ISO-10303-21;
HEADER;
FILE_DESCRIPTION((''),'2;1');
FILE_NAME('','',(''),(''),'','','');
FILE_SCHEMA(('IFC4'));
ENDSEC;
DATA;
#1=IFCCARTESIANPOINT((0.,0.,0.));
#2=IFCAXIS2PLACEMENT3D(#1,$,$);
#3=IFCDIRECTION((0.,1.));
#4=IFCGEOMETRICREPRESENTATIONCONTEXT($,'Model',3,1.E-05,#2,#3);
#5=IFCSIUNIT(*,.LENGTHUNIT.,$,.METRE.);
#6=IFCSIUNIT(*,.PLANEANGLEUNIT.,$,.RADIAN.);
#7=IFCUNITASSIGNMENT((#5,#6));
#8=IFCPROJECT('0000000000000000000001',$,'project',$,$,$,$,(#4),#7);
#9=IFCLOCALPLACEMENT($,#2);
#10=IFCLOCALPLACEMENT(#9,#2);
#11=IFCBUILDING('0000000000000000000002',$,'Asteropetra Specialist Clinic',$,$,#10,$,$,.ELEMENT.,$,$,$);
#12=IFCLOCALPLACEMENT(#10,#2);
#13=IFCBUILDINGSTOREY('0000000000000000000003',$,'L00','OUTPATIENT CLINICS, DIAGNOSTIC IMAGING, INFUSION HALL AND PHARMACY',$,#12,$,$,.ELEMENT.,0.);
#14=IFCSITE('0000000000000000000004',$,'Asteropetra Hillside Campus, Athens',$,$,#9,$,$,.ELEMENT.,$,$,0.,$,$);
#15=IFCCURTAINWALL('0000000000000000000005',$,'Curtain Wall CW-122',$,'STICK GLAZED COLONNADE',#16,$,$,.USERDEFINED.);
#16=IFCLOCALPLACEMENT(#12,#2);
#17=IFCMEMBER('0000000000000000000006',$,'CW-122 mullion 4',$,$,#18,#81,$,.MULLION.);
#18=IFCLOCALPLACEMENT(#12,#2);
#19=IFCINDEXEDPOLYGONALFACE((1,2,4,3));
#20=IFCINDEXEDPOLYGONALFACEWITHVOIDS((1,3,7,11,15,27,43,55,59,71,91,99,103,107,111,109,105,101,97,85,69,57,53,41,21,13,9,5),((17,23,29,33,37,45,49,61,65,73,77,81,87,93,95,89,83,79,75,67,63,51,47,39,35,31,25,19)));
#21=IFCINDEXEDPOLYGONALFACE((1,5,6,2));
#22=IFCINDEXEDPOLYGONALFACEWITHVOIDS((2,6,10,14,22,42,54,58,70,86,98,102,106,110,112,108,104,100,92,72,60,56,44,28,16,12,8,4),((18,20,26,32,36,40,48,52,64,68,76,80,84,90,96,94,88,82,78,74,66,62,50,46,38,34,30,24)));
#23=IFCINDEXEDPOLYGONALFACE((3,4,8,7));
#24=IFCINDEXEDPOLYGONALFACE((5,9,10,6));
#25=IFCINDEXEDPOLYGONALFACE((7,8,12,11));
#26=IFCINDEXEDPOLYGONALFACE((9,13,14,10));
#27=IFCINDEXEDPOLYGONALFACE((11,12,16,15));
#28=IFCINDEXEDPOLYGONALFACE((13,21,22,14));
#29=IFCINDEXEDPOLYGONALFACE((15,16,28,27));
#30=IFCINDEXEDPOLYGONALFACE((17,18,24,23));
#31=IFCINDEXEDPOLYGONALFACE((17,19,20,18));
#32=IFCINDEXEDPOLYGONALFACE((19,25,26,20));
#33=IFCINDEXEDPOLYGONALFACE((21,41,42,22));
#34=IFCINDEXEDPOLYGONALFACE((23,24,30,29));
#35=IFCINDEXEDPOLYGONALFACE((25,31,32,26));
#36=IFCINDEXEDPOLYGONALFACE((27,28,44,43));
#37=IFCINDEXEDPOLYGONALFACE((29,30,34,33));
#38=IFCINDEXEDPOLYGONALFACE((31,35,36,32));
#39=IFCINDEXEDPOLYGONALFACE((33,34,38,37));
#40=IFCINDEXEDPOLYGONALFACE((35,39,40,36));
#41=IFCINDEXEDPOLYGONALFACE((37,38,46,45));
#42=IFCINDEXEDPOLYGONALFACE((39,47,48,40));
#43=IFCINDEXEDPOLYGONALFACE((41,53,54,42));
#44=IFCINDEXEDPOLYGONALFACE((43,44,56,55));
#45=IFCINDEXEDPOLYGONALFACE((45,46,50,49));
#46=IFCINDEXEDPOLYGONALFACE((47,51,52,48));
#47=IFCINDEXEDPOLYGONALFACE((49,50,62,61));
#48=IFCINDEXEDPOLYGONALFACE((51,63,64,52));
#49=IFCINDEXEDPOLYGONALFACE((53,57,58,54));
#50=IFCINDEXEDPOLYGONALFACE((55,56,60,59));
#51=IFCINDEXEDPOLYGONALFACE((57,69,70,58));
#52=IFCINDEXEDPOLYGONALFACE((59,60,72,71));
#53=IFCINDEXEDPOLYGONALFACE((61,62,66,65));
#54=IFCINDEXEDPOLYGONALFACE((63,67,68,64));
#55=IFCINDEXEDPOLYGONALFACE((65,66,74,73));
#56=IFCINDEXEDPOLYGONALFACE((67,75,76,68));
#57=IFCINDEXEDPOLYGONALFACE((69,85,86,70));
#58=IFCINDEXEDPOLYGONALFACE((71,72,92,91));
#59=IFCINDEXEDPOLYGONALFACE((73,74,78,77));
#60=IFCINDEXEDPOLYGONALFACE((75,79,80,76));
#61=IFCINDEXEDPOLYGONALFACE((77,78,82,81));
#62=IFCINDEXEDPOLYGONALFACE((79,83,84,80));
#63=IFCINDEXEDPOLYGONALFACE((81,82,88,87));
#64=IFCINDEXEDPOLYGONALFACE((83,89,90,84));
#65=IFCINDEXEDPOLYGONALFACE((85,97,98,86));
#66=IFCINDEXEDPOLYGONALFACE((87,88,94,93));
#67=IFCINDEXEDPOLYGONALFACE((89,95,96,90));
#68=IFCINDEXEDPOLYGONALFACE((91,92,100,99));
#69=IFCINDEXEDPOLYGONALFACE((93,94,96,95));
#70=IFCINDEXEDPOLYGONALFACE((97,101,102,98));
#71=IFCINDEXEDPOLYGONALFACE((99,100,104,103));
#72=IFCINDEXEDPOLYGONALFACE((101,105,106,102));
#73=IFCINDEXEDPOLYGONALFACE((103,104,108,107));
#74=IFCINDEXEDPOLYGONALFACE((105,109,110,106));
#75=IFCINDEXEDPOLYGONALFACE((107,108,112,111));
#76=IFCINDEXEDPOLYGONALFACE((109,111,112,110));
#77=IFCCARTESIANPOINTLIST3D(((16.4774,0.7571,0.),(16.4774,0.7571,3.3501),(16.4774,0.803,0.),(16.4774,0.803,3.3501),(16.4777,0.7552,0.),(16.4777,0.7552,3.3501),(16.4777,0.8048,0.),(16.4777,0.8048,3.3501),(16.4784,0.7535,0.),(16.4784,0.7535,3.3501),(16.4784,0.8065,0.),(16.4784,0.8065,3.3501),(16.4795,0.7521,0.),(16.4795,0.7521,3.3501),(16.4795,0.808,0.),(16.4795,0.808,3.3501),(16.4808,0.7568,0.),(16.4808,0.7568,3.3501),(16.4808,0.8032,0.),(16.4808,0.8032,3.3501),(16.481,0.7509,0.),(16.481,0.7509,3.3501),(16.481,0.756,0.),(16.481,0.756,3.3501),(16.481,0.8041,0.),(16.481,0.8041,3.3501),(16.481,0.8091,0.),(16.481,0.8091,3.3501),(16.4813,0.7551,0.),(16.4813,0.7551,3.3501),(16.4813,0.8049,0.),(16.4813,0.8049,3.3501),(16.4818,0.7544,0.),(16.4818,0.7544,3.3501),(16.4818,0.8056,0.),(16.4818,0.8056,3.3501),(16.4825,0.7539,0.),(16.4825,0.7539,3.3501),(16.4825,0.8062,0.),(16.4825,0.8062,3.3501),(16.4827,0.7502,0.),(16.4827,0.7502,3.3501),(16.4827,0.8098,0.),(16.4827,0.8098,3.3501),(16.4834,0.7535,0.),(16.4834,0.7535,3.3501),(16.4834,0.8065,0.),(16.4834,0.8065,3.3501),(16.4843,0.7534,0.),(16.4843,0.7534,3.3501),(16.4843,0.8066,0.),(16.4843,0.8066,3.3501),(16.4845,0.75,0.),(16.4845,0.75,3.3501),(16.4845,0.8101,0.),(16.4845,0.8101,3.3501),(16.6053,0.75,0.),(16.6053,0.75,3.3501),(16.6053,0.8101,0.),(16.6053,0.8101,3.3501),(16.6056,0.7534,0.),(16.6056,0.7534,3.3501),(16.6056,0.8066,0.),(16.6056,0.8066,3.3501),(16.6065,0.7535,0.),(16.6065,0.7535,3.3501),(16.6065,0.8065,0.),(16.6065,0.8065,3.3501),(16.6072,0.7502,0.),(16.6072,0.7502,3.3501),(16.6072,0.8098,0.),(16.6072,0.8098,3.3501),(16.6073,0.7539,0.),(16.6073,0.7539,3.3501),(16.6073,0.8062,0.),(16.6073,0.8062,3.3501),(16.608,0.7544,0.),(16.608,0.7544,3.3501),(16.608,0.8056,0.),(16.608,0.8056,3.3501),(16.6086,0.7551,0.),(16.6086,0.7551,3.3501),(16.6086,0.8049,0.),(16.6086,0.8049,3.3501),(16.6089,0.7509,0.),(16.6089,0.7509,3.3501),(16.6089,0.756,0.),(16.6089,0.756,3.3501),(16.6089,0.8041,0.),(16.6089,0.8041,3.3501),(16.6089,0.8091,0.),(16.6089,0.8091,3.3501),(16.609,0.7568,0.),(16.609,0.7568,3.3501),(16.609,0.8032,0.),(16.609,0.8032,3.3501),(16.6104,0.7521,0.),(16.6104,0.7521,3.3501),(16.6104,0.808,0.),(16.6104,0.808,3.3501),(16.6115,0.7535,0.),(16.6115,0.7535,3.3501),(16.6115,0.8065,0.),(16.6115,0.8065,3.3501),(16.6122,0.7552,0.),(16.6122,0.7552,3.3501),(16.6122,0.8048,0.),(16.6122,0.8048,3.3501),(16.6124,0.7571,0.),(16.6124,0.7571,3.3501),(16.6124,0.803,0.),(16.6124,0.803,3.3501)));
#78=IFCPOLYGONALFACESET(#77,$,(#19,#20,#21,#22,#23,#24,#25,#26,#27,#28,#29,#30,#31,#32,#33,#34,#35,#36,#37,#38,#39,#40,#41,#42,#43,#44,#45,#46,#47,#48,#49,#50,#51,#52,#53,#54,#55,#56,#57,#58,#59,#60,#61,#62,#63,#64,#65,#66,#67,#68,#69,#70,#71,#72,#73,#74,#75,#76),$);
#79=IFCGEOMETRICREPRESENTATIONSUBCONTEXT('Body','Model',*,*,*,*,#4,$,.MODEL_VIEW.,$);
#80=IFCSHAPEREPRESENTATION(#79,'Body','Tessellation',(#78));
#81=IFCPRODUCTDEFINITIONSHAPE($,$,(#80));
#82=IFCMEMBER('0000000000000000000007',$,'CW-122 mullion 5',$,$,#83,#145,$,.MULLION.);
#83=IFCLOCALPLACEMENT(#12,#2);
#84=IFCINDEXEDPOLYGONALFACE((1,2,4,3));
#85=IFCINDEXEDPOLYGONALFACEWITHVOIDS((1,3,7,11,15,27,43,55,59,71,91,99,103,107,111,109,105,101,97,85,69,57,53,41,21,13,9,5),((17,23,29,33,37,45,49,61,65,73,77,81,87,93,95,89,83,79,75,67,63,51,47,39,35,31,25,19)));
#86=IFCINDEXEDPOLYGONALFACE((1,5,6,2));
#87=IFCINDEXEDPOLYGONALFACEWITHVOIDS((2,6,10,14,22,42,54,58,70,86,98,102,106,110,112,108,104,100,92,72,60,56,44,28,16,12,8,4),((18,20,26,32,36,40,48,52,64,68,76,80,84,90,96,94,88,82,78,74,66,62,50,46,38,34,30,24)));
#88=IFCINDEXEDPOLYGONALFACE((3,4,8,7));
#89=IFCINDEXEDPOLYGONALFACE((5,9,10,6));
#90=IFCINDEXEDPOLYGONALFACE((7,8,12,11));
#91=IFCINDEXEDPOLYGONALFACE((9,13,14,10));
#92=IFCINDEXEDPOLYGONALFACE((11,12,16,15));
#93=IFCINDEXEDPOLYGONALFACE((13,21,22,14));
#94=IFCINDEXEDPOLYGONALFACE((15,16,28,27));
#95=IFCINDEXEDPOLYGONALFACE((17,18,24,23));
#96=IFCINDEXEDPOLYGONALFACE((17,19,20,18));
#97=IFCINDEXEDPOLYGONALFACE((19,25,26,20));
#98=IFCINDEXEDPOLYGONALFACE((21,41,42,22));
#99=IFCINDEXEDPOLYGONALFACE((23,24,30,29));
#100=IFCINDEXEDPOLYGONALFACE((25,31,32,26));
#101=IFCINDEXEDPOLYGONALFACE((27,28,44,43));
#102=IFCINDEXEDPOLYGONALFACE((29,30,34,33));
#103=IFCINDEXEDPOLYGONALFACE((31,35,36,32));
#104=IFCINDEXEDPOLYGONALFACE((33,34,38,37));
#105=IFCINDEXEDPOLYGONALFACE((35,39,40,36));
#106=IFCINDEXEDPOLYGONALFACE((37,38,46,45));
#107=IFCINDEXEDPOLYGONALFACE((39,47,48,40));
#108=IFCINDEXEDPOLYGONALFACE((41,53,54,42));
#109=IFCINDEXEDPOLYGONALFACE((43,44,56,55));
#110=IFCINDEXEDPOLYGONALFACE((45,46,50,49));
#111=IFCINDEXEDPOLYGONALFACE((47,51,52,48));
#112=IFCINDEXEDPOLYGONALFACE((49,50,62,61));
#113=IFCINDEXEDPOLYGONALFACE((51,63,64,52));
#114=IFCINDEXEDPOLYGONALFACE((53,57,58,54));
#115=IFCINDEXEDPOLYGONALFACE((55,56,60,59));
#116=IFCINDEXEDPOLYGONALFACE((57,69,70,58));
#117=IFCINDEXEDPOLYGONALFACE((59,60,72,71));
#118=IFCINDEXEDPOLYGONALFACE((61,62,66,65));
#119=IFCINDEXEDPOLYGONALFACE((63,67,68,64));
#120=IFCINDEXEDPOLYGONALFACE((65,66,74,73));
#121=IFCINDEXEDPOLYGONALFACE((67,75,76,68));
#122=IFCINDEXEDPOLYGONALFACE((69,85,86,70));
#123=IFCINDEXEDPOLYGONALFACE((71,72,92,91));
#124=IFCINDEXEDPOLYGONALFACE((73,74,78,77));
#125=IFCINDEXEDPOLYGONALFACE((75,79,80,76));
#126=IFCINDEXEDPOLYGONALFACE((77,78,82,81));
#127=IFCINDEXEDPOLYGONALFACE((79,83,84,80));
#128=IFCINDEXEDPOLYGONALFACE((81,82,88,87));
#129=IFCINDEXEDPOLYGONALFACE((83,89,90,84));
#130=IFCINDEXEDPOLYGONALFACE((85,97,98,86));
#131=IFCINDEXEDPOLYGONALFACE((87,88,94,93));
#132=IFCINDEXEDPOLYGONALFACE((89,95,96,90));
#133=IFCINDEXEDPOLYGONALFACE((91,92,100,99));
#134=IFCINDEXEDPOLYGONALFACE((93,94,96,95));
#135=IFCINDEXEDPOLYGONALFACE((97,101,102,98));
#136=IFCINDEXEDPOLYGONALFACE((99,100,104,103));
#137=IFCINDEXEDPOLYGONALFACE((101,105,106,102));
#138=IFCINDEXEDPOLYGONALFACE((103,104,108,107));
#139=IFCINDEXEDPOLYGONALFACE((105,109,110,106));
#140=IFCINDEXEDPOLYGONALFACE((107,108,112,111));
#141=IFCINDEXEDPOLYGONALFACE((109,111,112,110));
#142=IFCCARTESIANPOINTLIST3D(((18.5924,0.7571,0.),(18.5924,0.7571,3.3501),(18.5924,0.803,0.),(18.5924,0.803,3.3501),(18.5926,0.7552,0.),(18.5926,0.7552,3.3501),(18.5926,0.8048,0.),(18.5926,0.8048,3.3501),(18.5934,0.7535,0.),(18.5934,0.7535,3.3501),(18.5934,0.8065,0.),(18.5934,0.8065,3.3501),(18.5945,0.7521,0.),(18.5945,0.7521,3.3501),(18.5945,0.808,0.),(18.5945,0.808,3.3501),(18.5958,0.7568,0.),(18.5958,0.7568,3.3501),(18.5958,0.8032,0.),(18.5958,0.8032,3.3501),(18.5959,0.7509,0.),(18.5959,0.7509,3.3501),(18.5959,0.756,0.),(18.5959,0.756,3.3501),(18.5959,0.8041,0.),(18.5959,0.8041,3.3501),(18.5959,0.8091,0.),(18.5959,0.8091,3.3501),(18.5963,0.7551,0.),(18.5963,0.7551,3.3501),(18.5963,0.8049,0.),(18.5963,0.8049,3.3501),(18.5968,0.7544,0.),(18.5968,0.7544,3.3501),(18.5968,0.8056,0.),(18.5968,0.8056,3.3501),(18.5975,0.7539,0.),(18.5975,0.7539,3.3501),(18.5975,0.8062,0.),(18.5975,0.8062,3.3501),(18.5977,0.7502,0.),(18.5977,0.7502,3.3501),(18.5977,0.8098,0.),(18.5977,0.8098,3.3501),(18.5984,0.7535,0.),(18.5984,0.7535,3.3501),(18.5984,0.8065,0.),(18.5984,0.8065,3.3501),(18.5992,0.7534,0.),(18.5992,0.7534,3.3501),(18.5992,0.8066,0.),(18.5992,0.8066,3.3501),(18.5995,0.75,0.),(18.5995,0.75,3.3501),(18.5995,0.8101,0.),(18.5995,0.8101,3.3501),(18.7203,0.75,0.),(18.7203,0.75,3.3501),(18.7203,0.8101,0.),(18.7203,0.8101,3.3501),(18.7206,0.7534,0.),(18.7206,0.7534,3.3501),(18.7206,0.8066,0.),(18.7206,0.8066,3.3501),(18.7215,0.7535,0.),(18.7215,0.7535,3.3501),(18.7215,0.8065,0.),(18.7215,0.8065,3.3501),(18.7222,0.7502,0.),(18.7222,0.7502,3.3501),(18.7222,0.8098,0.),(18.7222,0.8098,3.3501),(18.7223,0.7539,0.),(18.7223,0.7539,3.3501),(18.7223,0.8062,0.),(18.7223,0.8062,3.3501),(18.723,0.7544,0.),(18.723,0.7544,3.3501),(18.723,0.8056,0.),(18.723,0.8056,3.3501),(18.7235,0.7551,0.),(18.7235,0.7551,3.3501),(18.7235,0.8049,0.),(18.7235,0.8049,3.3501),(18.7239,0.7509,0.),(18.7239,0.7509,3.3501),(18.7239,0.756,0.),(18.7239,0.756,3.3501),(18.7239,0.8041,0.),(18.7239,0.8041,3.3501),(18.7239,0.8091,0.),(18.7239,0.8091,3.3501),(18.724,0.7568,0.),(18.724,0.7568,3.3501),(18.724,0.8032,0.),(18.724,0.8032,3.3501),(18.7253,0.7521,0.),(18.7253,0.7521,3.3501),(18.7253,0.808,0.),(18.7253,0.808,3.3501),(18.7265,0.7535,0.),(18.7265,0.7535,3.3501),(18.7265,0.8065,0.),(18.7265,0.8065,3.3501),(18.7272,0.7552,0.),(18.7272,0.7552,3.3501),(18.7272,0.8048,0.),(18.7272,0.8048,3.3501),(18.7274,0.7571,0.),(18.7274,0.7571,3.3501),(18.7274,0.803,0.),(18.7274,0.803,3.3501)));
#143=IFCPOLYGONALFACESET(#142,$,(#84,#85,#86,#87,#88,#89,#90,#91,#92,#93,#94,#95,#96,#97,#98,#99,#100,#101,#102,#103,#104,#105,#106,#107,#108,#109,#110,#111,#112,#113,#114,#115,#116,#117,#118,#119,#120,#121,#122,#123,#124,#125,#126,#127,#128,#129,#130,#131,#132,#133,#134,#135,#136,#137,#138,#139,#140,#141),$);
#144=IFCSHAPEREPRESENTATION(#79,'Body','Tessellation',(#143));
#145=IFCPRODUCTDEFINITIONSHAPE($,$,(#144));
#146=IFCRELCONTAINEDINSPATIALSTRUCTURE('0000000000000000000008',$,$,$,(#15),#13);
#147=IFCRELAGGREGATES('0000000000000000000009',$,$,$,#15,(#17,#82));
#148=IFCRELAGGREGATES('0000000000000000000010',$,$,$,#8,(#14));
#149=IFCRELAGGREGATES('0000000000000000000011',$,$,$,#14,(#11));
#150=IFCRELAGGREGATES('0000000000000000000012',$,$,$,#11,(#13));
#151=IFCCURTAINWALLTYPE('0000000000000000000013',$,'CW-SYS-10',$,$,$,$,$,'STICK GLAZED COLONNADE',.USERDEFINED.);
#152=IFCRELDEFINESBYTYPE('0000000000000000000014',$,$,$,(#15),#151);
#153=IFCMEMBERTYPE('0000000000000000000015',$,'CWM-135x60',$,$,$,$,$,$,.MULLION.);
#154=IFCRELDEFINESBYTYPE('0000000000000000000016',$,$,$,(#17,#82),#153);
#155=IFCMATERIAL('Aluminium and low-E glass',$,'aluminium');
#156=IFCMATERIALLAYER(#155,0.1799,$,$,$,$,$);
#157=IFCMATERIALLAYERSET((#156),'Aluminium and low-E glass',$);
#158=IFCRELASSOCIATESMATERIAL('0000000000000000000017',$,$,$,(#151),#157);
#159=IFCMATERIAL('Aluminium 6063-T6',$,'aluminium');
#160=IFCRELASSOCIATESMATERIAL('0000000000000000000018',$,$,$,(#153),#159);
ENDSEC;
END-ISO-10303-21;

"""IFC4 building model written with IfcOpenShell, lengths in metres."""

from ifc_helpers import new_model, si_unit, direction, frame, origin, origin_2d, place, context, subcontext, project, spatial, hollow_rectangle, extrude, material, layer, layer_set, material_profile, profile_set, type_object, element, aggregate, save


model = new_model("IFC4")

# Units and contexts
model_context = context("Model", 3, precision=1e-05, world=origin(), true_north=direction((0.0, 1.0)))
body_context = subcontext(model_context, "Body", "Model", "MODEL_VIEW")
ifc_project = project(units=[si_unit("LENGTHUNIT", "METRE"), si_unit("PLANEANGLEUNIT", "RADIAN")], contexts=[model_context])

# Site, building, storey
site_placement = place(None, origin())
site = spatial("IfcSite", under=ifc_project, at=site_placement, Name="Asteropetra Hillside Campus, Athens", CompositionType="ELEMENT", RefElevation=0.0)
building_placement = place(site_placement, origin())
building = spatial("IfcBuilding", under=site, at=building_placement, Name="Asteropetra Specialist Clinic", CompositionType="ELEMENT")
storey_placement = place(building_placement, origin())
storey = spatial("IfcBuildingStorey", under=building, at=storey_placement, Name="L00", Description="OUTPATIENT CLINICS, DIAGNOSTIC IMAGING, INFUSION HALL AND PHARMACY", CompositionType="ELEMENT", Elevation=0.0)

# Curtain wall, members
ifc_material_1 = material(Name="Aluminium and low-E glass", Category="aluminium")
ifc_layer_1 = layer(ifc_material_1, 0.1799)
ifc_layer_set_1 = layer_set([ifc_layer_1], Name="Aluminium and low-E glass")
curtain_wall_type = type_object("IfcCurtainWallType", Name="CW-SYS-10", ElementType="STICK GLAZED COLONNADE", PredefinedType="USERDEFINED", material=ifc_layer_set_1)
curtain_wall_placement = place(storey_placement, origin())
curtain_wall = element("IfcCurtainWall", 1, at=curtain_wall_placement, inside=storey, type_object=curtain_wall_type, Name="Curtain Wall CW-122", ObjectType="STICK GLAZED COLONNADE", PredefinedType="USERDEFINED")
ifc_material_2 = material(Name="Aluminium 6063-T6", Category="aluminium")
ifc_material_profile_1 = material_profile(ifc_material_2, hollow_rectangle(XDim=0.0601, YDim=0.135, WallThickness=0.0034, InnerFilletRadius=0.0034, OuterFilletRadius=0.0071, at=origin_2d()), Name="MUL 135x60x3.5")
ifc_profile_set_1 = profile_set([ifc_material_profile_1], Name="Aluminium 6063-T6")
member_type_1 = type_object("IfcMemberType", Name="CWM-135x60", PredefinedType="MULLION", material=ifc_profile_set_1)
member_1_placement = place(storey_placement, frame((16.5449, 0.78, 0.0), z_axis=(0.0, 0.0, 1.0), x_axis=(0.0, 1.0, 0.0)))
member_1 = element("IfcMember", 2, at=member_1_placement, type_object=member_type_1, Name="CW-122 mullion 4", PredefinedType="MULLION", context=body_context, shape_type="SweptSolid", body=[
    extrude(hollow_rectangle(XDim=0.0601, YDim=0.135, WallThickness=0.0034, InnerFilletRadius=0.0034, OuterFilletRadius=0.0071, at=origin_2d()), origin(), (0.0, 0.0, 1.0), 3.3501),
])
member_2_placement = place(storey_placement, frame((18.6599, 0.78, 0.0), z_axis=(0.0, 0.0, 1.0), x_axis=(0.0, 1.0, 0.0)))
member_2 = element("IfcMember", 3, at=member_2_placement, type_object=member_type_1, Name="CW-122 mullion 5", PredefinedType="MULLION", context=body_context, shape_type="SweptSolid", body=[
    extrude(hollow_rectangle(XDim=0.0601, YDim=0.135, WallThickness=0.0034, InnerFilletRadius=0.0034, OuterFilletRadius=0.0071, at=origin_2d()), origin(), (0.0, 0.0, 1.0), 3.3501),
])

aggregate(curtain_wall, [member_1, member_2])

save(model, "model.ifc")
